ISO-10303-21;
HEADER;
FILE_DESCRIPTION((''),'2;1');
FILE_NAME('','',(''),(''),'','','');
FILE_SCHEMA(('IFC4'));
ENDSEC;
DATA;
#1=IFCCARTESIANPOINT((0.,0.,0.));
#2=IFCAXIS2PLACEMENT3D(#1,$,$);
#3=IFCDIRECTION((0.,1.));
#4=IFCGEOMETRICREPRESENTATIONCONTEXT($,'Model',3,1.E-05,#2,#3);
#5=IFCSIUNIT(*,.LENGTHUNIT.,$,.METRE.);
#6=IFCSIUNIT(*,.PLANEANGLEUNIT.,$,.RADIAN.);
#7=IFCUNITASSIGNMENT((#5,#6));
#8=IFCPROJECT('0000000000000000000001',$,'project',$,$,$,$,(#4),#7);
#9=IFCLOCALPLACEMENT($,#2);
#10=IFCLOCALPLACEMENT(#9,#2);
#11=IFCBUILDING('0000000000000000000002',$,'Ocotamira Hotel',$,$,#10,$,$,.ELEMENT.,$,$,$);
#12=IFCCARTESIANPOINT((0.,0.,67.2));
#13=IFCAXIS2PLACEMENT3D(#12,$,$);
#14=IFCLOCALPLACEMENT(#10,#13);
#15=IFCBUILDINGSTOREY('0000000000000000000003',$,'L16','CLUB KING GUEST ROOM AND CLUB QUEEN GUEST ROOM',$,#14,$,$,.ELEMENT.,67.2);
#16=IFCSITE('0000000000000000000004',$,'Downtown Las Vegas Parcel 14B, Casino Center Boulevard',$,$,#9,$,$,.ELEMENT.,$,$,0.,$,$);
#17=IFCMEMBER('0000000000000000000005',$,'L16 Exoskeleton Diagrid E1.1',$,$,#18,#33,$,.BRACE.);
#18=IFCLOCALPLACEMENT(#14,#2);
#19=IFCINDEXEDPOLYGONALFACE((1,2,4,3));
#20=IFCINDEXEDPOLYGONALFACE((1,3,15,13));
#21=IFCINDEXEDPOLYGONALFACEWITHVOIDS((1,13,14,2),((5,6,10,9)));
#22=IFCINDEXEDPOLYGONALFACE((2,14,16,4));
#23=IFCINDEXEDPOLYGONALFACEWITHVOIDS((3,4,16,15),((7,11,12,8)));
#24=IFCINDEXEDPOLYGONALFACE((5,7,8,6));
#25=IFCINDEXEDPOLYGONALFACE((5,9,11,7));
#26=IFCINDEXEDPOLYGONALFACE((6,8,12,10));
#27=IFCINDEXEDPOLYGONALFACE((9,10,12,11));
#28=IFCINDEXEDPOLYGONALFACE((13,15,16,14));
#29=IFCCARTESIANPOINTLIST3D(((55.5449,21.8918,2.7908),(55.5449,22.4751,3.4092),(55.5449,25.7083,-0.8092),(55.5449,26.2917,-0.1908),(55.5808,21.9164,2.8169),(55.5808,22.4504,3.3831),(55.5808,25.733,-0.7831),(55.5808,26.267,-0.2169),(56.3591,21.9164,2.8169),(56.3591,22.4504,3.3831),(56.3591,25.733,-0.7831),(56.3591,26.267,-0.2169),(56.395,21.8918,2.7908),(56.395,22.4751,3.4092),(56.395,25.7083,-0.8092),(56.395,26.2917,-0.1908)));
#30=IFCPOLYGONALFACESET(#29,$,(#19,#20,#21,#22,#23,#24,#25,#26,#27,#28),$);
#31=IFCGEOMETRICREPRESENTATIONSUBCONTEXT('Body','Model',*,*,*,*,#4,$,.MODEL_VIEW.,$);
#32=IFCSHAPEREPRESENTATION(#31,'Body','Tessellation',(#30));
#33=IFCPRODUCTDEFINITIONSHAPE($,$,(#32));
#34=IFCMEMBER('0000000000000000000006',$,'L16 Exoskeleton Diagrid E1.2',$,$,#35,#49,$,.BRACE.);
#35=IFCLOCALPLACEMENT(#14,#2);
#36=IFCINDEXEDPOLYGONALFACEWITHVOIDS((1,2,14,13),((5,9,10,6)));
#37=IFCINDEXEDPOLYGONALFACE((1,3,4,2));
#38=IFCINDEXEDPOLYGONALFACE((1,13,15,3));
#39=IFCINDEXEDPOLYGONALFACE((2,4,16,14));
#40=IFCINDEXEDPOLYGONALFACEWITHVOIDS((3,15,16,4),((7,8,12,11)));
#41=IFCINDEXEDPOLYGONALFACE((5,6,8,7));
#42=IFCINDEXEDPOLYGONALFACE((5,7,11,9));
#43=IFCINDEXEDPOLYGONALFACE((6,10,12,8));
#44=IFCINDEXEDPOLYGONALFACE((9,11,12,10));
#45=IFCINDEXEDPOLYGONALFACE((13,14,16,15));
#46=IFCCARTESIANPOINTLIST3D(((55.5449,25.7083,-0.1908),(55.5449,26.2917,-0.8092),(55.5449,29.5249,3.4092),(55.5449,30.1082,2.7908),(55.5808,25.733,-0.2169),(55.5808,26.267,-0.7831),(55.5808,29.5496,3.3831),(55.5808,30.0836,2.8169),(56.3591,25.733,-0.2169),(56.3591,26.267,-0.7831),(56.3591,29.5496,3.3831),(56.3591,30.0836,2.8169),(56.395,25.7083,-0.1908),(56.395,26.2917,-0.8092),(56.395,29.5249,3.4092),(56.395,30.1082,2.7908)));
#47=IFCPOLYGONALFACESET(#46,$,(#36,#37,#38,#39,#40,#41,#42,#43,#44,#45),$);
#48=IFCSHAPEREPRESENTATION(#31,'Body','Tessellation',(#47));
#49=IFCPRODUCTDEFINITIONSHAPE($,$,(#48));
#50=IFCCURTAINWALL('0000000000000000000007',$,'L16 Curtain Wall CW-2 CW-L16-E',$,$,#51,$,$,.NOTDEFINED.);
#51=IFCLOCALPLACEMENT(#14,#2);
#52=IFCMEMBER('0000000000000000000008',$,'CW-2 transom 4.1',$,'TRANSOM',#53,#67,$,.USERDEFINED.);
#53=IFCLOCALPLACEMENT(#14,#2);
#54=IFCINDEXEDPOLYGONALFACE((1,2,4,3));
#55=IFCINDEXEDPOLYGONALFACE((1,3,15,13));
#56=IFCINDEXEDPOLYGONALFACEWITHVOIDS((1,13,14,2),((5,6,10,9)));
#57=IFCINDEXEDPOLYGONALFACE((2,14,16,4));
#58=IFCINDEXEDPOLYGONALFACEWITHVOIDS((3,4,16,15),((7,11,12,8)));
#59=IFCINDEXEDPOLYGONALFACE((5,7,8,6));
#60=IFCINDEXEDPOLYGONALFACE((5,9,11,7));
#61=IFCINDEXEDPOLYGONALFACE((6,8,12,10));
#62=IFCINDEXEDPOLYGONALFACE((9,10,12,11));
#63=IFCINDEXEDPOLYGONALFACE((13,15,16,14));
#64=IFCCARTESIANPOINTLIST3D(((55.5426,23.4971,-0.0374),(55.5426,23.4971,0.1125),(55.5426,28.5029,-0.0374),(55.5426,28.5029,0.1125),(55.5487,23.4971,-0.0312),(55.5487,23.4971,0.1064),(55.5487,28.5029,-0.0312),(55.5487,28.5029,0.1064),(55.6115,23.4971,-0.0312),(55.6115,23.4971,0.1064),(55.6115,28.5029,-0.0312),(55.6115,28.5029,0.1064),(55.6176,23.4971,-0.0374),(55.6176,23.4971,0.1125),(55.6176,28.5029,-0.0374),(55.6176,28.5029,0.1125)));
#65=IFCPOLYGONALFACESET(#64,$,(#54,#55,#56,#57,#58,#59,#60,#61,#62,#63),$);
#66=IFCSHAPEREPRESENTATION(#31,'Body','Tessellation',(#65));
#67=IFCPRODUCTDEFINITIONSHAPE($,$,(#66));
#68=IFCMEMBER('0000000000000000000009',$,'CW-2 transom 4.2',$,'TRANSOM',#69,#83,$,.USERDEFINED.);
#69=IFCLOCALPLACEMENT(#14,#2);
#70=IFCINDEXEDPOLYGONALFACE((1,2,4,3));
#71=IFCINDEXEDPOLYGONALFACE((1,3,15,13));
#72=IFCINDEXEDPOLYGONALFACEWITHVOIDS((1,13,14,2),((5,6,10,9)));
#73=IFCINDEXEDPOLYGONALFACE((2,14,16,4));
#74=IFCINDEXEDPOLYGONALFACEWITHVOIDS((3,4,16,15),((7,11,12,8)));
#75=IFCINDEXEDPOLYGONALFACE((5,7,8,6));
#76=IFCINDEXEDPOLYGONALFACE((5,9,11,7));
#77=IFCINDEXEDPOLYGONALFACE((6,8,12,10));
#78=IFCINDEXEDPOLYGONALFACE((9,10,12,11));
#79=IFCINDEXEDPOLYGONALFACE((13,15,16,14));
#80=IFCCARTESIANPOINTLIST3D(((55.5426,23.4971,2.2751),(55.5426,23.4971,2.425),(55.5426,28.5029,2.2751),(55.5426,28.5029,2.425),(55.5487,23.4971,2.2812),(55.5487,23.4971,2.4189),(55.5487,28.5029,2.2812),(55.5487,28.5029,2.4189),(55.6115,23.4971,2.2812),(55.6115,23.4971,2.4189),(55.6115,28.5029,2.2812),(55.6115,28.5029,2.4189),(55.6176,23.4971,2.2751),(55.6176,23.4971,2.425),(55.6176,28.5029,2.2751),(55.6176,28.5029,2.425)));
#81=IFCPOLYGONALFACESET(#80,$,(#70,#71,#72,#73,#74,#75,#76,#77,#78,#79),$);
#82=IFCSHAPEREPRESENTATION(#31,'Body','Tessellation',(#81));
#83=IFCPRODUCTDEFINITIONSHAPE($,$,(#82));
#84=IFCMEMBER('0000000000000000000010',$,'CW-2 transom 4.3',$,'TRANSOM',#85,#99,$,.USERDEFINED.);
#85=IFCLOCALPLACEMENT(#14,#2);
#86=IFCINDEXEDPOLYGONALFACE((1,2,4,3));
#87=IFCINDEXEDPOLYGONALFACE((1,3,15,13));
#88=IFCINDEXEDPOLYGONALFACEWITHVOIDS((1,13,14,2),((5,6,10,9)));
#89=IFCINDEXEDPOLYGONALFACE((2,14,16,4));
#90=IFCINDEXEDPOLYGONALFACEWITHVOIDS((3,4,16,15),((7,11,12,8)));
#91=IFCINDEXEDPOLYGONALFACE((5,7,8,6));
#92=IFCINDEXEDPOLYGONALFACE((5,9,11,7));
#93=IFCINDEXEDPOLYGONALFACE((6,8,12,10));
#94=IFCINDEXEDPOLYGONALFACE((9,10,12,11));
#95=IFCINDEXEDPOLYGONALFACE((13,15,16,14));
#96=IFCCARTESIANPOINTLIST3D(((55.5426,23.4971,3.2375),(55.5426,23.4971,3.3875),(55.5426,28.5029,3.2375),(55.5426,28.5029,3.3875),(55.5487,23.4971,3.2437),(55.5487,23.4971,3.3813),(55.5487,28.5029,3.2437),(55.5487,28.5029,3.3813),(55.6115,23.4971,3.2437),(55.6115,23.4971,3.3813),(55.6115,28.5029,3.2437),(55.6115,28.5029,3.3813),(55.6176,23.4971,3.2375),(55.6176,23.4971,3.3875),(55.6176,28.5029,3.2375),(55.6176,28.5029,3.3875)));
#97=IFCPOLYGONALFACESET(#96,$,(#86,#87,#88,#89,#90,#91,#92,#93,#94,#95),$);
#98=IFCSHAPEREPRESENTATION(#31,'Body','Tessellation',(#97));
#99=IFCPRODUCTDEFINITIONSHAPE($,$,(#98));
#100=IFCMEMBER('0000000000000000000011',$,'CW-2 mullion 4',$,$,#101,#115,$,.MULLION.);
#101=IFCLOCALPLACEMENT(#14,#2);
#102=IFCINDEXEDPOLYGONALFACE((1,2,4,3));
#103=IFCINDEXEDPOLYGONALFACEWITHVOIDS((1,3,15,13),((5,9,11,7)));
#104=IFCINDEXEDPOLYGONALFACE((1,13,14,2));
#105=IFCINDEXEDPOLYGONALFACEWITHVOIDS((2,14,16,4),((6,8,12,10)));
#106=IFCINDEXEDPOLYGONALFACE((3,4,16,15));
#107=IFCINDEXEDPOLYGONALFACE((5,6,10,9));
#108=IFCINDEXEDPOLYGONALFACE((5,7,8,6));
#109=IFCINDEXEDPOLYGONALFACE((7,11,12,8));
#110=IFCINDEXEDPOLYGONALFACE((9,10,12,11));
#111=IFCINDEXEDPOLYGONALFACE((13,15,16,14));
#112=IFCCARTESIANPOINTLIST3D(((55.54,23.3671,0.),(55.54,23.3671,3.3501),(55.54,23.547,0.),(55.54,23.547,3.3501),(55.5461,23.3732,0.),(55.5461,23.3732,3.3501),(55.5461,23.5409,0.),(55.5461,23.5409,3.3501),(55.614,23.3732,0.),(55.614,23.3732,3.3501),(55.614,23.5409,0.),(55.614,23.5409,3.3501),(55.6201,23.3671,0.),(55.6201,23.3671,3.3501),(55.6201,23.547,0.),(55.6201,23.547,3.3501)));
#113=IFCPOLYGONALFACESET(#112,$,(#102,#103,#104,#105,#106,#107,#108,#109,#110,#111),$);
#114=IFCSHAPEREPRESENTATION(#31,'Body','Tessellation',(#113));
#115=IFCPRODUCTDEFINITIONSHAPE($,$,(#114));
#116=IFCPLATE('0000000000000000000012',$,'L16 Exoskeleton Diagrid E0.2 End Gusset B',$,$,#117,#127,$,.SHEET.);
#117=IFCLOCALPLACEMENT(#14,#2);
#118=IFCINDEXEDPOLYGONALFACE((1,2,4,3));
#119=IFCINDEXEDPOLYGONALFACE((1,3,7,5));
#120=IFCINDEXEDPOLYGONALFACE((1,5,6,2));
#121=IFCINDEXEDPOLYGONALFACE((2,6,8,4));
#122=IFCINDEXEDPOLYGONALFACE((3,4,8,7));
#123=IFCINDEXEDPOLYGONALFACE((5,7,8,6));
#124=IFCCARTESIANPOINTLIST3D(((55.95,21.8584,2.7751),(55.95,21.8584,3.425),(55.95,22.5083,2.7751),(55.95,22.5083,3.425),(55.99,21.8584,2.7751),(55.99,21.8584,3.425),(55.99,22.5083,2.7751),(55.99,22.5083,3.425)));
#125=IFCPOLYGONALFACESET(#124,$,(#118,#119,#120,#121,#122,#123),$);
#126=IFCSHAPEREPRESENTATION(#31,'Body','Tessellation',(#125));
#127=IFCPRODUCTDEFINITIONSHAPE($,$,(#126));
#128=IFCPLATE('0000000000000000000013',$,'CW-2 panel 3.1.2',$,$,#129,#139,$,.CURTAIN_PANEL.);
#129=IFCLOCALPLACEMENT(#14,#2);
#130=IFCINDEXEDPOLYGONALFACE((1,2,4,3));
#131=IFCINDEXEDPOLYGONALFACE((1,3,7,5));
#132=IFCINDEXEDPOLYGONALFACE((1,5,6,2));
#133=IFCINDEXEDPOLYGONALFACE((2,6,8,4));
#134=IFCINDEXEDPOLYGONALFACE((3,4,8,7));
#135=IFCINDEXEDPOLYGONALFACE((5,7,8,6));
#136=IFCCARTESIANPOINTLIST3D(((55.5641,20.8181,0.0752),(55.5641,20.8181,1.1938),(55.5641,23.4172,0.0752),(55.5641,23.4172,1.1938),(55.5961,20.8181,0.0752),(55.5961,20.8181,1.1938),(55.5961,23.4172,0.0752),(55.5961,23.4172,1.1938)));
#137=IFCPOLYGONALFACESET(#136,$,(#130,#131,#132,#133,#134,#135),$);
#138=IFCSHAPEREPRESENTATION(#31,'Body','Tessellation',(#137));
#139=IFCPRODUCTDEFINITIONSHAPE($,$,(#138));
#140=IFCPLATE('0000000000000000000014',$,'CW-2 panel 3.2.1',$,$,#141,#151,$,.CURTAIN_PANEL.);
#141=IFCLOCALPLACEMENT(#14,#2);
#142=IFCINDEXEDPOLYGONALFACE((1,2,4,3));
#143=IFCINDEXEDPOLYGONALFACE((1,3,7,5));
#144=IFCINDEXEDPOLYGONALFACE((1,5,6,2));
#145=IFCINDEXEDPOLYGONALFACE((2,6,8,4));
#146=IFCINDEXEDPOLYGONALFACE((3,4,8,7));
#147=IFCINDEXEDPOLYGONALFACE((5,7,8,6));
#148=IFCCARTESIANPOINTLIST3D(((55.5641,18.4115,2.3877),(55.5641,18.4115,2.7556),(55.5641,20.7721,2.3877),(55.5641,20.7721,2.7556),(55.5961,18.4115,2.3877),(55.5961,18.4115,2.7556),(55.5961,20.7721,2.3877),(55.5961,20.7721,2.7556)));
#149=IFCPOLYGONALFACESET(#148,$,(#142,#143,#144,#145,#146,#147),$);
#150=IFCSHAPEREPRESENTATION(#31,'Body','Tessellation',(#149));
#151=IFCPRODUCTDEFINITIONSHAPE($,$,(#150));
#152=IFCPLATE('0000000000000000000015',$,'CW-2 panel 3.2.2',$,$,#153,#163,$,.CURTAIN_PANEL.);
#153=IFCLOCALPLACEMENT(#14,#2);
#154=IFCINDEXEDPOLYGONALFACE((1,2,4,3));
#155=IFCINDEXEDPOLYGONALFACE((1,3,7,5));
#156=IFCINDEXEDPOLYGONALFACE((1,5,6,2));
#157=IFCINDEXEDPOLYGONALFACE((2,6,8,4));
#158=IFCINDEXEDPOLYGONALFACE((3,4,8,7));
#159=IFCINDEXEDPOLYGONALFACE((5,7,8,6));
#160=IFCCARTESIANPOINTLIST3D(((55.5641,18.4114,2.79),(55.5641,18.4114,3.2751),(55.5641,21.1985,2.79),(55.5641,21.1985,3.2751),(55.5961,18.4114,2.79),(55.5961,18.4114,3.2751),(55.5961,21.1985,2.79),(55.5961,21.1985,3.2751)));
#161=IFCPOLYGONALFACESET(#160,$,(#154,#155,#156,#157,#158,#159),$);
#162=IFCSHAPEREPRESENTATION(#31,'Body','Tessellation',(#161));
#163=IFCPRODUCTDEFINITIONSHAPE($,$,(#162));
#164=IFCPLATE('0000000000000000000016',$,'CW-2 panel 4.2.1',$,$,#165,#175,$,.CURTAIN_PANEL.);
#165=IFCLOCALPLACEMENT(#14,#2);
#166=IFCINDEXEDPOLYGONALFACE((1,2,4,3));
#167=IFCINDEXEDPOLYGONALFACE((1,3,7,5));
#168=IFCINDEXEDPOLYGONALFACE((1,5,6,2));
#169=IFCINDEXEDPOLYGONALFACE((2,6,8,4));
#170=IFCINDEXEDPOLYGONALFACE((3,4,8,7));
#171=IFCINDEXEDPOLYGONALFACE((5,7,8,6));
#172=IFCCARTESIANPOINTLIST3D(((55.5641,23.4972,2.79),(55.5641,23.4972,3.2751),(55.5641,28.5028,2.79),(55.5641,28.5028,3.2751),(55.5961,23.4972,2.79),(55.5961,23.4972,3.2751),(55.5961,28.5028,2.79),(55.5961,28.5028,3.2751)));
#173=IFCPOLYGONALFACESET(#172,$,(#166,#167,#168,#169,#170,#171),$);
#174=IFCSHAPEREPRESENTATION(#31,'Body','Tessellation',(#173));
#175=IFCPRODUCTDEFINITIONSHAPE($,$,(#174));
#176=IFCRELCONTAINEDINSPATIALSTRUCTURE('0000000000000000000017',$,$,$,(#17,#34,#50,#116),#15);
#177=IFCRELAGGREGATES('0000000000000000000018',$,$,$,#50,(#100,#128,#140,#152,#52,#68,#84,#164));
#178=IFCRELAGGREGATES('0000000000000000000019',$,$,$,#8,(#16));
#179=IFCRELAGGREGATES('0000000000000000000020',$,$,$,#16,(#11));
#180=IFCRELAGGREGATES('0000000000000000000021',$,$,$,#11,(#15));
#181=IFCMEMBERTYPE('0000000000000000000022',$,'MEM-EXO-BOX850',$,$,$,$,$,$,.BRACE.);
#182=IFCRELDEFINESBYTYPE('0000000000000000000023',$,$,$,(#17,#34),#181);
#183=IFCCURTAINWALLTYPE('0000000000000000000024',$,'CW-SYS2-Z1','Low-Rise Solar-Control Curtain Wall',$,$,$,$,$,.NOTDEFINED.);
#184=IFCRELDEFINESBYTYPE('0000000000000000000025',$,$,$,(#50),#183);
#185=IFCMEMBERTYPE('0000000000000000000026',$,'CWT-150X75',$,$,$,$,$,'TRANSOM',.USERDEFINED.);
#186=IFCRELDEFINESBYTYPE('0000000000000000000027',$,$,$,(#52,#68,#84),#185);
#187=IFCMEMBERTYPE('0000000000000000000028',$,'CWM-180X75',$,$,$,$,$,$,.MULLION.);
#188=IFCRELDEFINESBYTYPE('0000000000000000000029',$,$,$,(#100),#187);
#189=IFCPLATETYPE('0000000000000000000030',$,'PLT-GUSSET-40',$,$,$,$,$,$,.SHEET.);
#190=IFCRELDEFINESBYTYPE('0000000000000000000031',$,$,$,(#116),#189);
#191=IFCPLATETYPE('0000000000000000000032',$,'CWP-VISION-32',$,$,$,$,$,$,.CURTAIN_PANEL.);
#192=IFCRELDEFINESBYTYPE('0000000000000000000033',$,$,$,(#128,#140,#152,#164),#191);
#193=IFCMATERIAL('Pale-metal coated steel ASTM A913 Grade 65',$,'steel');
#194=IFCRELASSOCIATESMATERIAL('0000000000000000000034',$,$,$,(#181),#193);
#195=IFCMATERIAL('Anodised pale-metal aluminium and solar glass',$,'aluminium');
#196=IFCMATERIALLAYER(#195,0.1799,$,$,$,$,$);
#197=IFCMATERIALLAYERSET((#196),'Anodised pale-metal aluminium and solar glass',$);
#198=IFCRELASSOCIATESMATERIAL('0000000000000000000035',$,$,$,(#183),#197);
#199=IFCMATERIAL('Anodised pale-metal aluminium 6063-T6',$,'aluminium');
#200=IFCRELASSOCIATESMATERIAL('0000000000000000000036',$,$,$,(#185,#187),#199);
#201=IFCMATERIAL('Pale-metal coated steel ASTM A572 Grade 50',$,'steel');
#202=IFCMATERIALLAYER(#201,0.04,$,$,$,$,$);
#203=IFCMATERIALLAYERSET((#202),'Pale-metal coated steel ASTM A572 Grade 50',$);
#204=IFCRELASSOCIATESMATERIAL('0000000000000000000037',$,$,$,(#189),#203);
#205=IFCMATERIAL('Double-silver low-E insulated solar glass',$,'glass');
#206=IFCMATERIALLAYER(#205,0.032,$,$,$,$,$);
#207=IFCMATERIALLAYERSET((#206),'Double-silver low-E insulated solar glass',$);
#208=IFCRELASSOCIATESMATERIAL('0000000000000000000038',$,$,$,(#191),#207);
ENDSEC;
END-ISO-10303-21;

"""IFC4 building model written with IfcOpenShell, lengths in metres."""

from ifc_helpers import new_model, si_unit, direction, frame, origin, origin_2d, place, context, subcontext, project, spatial, rectangle, hollow_rectangle, extrude, source, transform, mapped, material, layer, layer_set, material_profile, profile_set, type_object, element, aggregate, save


model = new_model("IFC4")

# Units and contexts
model_context = context("Model", 3, precision=1e-05, world=origin(), true_north=direction((0.0, 1.0)))
body_context = subcontext(model_context, "Body", "Model", "MODEL_VIEW")
ifc_project = project(units=[si_unit("LENGTHUNIT", "METRE"), si_unit("PLANEANGLEUNIT", "RADIAN")], contexts=[model_context])

# Site, building, storey
site_placement = place(None, origin())
site = spatial("IfcSite", under=ifc_project, at=site_placement, Name="Downtown Las Vegas Parcel 14B, Casino Center Boulevard", CompositionType="ELEMENT", RefElevation=0.0)
building_placement = place(site_placement, origin())
building = spatial("IfcBuilding", under=site, at=building_placement, Name="Ocotamira Hotel", CompositionType="ELEMENT")
storey_placement = place(building_placement, frame((0.0, 0.0, 67.2)))
storey = spatial("IfcBuildingStorey", under=building, at=storey_placement, Name="L16", Description="CLUB KING GUEST ROOM AND CLUB QUEEN GUEST ROOM", CompositionType="ELEMENT", Elevation=67.2)

# Members
ifc_material_1 = material(Name="Pale-metal coated steel ASTM A913 Grade 65", Category="steel")
ifc_material_profile_1 = material_profile(ifc_material_1, hollow_rectangle(XDim=0.8501, YDim=0.8501, WallThickness=0.0359, at=origin_2d()), Name="BOX850X850X36")
ifc_profile_set_1 = profile_set([ifc_material_profile_1], Name="Pale-metal coated steel ASTM A913 Grade 65")
member_type_1 = type_object("IfcMemberType", Name="MEM-EXO-BOX850", PredefinedType="BRACE", material=ifc_profile_set_1)
shared_shape_1 = source(origin(), body_context, "Body", "SweptSolid", [
    extrude(hollow_rectangle(XDim=0.8501, YDim=0.8501, WallThickness=0.0359, at=origin_2d()), origin(), (0.0, 0.0, 1.0), 5.2466),
])
for number, where, z_axis, x_axis, name in (
    (1, (55.97, 26.0, -0.5), (0.0, -0.727443, 0.686168), (1.0, 0.0, 0.0), "L16 Exoskeleton Diagrid E1.1"),
    (2, (55.97, 26.0, -0.5), (0.0, 0.727443, 0.686168), (-1.0, 0.0, 0.0), "L16 Exoskeleton Diagrid E1.2"),
):
    element("IfcMember", number, at=place(storey_placement, frame(where, z_axis=z_axis, x_axis=x_axis)), inside=storey, type_object=member_type_1, Name=name, PredefinedType="BRACE", context=body_context, shape_type="MappedRepresentation", body=[
        mapped(shared_shape_1, transform((0.0, 0.0, 0.0), scale=1.0)),
    ])

# Curtain wall, members
ifc_material_2 = material(Name="Anodised pale-metal aluminium and solar glass", Category="aluminium")
ifc_layer_1 = layer(ifc_material_2, 0.1799)
ifc_layer_set_1 = layer_set([ifc_layer_1], Name="Anodised pale-metal aluminium and solar glass")
curtain_wall_type = type_object("IfcCurtainWallType", Name="CW-SYS2-Z1", Description="Low-Rise Solar-Control Curtain Wall", PredefinedType="NOTDEFINED", material=ifc_layer_set_1)
curtain_wall_placement = place(storey_placement, origin())
curtain_wall = element("IfcCurtainWall", 3, at=curtain_wall_placement, inside=storey, type_object=curtain_wall_type, Name="L16 Curtain Wall CW-2 CW-L16-E", PredefinedType="NOTDEFINED")
ifc_material_3 = material(Name="Anodised pale-metal aluminium 6063-T6", Category="aluminium")
ifc_material_profile_2 = material_profile(ifc_material_3, hollow_rectangle(XDim=0.075, YDim=0.1499, WallThickness=0.0061, at=origin_2d()), Name="HSS150X75X6")
ifc_profile_set_2 = profile_set([ifc_material_profile_2], Name="Anodised pale-metal aluminium 6063-T6")
member_type_2 = type_object("IfcMemberType", Name="CWT-150X75", ElementType="TRANSOM", PredefinedType="USERDEFINED", material=ifc_profile_set_2)
shared_shape_2 = source(origin(), body_context, "Body", "SweptSolid", [
    extrude(hollow_rectangle(XDim=0.075, YDim=0.1499, WallThickness=0.0061, at=origin_2d()), origin(), (0.0, 0.0, 1.0), 5.0059),
])
member_1_placement = place(storey_placement, frame((55.5801, 23.4971, 0.0376), z_axis=(0.0, 1.0, 0.0), x_axis=(-1.0, 0.0, 0.0)))
member_1 = element("IfcMember", 4, at=member_1_placement, type_object=member_type_2, Name="CW-2 transom 4.1", ObjectType="TRANSOM", PredefinedType="USERDEFINED", context=body_context, shape_type="MappedRepresentation", body=[
    mapped(shared_shape_2, transform((0.0, 0.0, 0.0), scale=1.0)),
])
member_2_placement = place(storey_placement, frame((55.5801, 23.4971, 2.3501), z_axis=(0.0, 1.0, 0.0), x_axis=(-1.0, 0.0, 0.0)))
member_2 = element("IfcMember", 5, at=member_2_placement, type_object=member_type_2, Name="CW-2 transom 4.2", ObjectType="TRANSOM", PredefinedType="USERDEFINED", context=body_context, shape_type="MappedRepresentation", body=[
    mapped(shared_shape_2, transform((0.0, 0.0, 0.0), scale=1.0)),
])
member_3_placement = place(storey_placement, frame((55.5801, 23.4971, 3.3125), z_axis=(0.0, 1.0, 0.0), x_axis=(-1.0, 0.0, 0.0)))
member_3 = element("IfcMember", 6, at=member_3_placement, type_object=member_type_2, Name="CW-2 transom 4.3", ObjectType="TRANSOM", PredefinedType="USERDEFINED", context=body_context, shape_type="MappedRepresentation", body=[
    mapped(shared_shape_2, transform((0.0, 0.0, 0.0), scale=1.0)),
])
ifc_material_profile_3 = material_profile(ifc_material_3, hollow_rectangle(XDim=0.0801, YDim=0.1799, WallThickness=0.0061, at=origin_2d()), Name="HSS180X80X6")
ifc_profile_set_3 = profile_set([ifc_material_profile_3], Name="Anodised pale-metal aluminium 6063-T6")
member_type_3 = type_object("IfcMemberType", Name="CWM-180X75", PredefinedType="MULLION", material=ifc_profile_set_3)
shared_shape_3 = source(origin(), body_context, "Body", "SweptSolid", [
    extrude(hollow_rectangle(XDim=0.0801, YDim=0.1799, WallThickness=0.0061, at=origin_2d()), origin(), (0.0, 0.0, 1.0), 3.3501),
])
member_4_placement = place(storey_placement, frame((55.5801, 23.457, 0.0), z_axis=(0.0, 0.0, 1.0), x_axis=(-1.0, 0.0, 0.0)))
member_4 = element("IfcMember", 7, at=member_4_placement, type_object=member_type_3, Name="CW-2 mullion 4", PredefinedType="MULLION", context=body_context, shape_type="MappedRepresentation", body=[
    mapped(shared_shape_3, transform((0.0, 0.0, 0.0), scale=1.0)),
])

# Plates
ifc_material_4 = material(Name="Pale-metal coated steel ASTM A572 Grade 50", Category="steel")
ifc_layer_2 = layer(ifc_material_4, 0.04)
ifc_layer_set_2 = layer_set([ifc_layer_2], Name="Pale-metal coated steel ASTM A572 Grade 50")
plate_type_1 = type_object("IfcPlateType", Name="PLT-GUSSET-40", PredefinedType="SHEET", material=ifc_layer_set_2)
shared_shape_4 = source(origin(), body_context, "Body", "SweptSolid", [
    extrude(rectangle(XDim=0.04, YDim=0.6499, at=origin_2d()), origin(), (0.0, 0.0, 1.0), 0.6499),
])
plate_1_placement = place(storey_placement, frame((55.97, 22.1833, 2.7751), z_axis=(0.0, 0.0, 1.0), x_axis=(1.0, 0.0, 0.0)))
element("IfcPlate", 8, at=plate_1_placement, inside=storey, type_object=plate_type_1, Name="L16 Exoskeleton Diagrid E0.2 End Gusset B", PredefinedType="SHEET", context=body_context, shape_type="MappedRepresentation", body=[
    mapped(shared_shape_4, transform((0.0, 0.0, 0.0), scale=1.0)),
])
ifc_material_5 = material(Name="Double-silver low-E insulated solar glass", Category="glass")
ifc_layer_3 = layer(ifc_material_5, 0.032)
ifc_layer_set_3 = layer_set([ifc_layer_3], Name="Double-silver low-E insulated solar glass")
plate_type_2 = type_object("IfcPlateType", Name="CWP-VISION-32", PredefinedType="CURTAIN_PANEL", material=ifc_layer_set_3)
shared_shape_5 = source(origin(), body_context, "Body", "SweptSolid", [
    extrude(rectangle(XDim=2.5991, YDim=0.032, at=origin_2d()), origin(), (0.0, 0.0, 1.0), 1.1187),
])
plate_2_placement = place(storey_placement, frame((55.5801, 22.1177, 0.0752), z_axis=(0.0, 0.0, 1.0), x_axis=(0.0, 1.0, 0.0)))
plate_2 = element("IfcPlate", 9, at=plate_2_placement, type_object=plate_type_2, Name="CW-2 panel 3.1.2", PredefinedType="CURTAIN_PANEL", context=body_context, shape_type="MappedRepresentation", body=[
    mapped(shared_shape_5, transform((0.0, 0.0, 0.0), scale=1.0)),
])
shared_shape_6 = source(origin(), body_context, "Body", "SweptSolid", [
    extrude(rectangle(XDim=2.3606, YDim=0.032, at=origin_2d()), origin(), (0.0, 0.0, 1.0), 0.3679),
])
plate_3_placement = place(storey_placement, frame((55.5801, 19.5918, 2.3877), z_axis=(0.0, 0.0, 1.0), x_axis=(0.0, 1.0, 0.0)))
plate_3 = element("IfcPlate", 10, at=plate_3_placement, type_object=plate_type_2, Name="CW-2 panel 3.2.1", PredefinedType="CURTAIN_PANEL", context=body_context, shape_type="MappedRepresentation", body=[
    mapped(shared_shape_6, transform((0.0, 0.0, 0.0), scale=1.0)),
])
shared_shape_7 = source(origin(), body_context, "Body", "SweptSolid", [
    extrude(rectangle(XDim=2.7871, YDim=0.032, at=origin_2d()), origin(), (0.0, 0.0, 1.0), 0.4851),
])
plate_4_placement = place(storey_placement, frame((55.5801, 19.8049, 2.79), z_axis=(0.0, 0.0, 1.0), x_axis=(0.0, 1.0, 0.0)))
plate_4 = element("IfcPlate", 11, at=plate_4_placement, type_object=plate_type_2, Name="CW-2 panel 3.2.2", PredefinedType="CURTAIN_PANEL", context=body_context, shape_type="MappedRepresentation", body=[
    mapped(shared_shape_7, transform((0.0, 0.0, 0.0), scale=1.0)),
])
shared_shape_8 = source(origin(), body_context, "Body", "SweptSolid", [
    extrude(rectangle(XDim=5.0056, YDim=0.032, at=origin_2d()), origin(), (0.0, 0.0, 1.0), 0.4851),
])
plate_5_placement = place(storey_placement, frame((55.5801, 26.0, 2.79), z_axis=(0.0, 0.0, 1.0), x_axis=(0.0, 1.0, 0.0)))
plate_5 = element("IfcPlate", 12, at=plate_5_placement, type_object=plate_type_2, Name="CW-2 panel 4.2.1", PredefinedType="CURTAIN_PANEL", context=body_context, shape_type="MappedRepresentation", body=[
    mapped(shared_shape_8, transform((0.0, 0.0, 0.0), scale=1.0)),
])
aggregate(curtain_wall, [member_4, plate_2, plate_3, plate_4, member_1, member_2, member_3, plate_5])

save(model, "model.ifc")
